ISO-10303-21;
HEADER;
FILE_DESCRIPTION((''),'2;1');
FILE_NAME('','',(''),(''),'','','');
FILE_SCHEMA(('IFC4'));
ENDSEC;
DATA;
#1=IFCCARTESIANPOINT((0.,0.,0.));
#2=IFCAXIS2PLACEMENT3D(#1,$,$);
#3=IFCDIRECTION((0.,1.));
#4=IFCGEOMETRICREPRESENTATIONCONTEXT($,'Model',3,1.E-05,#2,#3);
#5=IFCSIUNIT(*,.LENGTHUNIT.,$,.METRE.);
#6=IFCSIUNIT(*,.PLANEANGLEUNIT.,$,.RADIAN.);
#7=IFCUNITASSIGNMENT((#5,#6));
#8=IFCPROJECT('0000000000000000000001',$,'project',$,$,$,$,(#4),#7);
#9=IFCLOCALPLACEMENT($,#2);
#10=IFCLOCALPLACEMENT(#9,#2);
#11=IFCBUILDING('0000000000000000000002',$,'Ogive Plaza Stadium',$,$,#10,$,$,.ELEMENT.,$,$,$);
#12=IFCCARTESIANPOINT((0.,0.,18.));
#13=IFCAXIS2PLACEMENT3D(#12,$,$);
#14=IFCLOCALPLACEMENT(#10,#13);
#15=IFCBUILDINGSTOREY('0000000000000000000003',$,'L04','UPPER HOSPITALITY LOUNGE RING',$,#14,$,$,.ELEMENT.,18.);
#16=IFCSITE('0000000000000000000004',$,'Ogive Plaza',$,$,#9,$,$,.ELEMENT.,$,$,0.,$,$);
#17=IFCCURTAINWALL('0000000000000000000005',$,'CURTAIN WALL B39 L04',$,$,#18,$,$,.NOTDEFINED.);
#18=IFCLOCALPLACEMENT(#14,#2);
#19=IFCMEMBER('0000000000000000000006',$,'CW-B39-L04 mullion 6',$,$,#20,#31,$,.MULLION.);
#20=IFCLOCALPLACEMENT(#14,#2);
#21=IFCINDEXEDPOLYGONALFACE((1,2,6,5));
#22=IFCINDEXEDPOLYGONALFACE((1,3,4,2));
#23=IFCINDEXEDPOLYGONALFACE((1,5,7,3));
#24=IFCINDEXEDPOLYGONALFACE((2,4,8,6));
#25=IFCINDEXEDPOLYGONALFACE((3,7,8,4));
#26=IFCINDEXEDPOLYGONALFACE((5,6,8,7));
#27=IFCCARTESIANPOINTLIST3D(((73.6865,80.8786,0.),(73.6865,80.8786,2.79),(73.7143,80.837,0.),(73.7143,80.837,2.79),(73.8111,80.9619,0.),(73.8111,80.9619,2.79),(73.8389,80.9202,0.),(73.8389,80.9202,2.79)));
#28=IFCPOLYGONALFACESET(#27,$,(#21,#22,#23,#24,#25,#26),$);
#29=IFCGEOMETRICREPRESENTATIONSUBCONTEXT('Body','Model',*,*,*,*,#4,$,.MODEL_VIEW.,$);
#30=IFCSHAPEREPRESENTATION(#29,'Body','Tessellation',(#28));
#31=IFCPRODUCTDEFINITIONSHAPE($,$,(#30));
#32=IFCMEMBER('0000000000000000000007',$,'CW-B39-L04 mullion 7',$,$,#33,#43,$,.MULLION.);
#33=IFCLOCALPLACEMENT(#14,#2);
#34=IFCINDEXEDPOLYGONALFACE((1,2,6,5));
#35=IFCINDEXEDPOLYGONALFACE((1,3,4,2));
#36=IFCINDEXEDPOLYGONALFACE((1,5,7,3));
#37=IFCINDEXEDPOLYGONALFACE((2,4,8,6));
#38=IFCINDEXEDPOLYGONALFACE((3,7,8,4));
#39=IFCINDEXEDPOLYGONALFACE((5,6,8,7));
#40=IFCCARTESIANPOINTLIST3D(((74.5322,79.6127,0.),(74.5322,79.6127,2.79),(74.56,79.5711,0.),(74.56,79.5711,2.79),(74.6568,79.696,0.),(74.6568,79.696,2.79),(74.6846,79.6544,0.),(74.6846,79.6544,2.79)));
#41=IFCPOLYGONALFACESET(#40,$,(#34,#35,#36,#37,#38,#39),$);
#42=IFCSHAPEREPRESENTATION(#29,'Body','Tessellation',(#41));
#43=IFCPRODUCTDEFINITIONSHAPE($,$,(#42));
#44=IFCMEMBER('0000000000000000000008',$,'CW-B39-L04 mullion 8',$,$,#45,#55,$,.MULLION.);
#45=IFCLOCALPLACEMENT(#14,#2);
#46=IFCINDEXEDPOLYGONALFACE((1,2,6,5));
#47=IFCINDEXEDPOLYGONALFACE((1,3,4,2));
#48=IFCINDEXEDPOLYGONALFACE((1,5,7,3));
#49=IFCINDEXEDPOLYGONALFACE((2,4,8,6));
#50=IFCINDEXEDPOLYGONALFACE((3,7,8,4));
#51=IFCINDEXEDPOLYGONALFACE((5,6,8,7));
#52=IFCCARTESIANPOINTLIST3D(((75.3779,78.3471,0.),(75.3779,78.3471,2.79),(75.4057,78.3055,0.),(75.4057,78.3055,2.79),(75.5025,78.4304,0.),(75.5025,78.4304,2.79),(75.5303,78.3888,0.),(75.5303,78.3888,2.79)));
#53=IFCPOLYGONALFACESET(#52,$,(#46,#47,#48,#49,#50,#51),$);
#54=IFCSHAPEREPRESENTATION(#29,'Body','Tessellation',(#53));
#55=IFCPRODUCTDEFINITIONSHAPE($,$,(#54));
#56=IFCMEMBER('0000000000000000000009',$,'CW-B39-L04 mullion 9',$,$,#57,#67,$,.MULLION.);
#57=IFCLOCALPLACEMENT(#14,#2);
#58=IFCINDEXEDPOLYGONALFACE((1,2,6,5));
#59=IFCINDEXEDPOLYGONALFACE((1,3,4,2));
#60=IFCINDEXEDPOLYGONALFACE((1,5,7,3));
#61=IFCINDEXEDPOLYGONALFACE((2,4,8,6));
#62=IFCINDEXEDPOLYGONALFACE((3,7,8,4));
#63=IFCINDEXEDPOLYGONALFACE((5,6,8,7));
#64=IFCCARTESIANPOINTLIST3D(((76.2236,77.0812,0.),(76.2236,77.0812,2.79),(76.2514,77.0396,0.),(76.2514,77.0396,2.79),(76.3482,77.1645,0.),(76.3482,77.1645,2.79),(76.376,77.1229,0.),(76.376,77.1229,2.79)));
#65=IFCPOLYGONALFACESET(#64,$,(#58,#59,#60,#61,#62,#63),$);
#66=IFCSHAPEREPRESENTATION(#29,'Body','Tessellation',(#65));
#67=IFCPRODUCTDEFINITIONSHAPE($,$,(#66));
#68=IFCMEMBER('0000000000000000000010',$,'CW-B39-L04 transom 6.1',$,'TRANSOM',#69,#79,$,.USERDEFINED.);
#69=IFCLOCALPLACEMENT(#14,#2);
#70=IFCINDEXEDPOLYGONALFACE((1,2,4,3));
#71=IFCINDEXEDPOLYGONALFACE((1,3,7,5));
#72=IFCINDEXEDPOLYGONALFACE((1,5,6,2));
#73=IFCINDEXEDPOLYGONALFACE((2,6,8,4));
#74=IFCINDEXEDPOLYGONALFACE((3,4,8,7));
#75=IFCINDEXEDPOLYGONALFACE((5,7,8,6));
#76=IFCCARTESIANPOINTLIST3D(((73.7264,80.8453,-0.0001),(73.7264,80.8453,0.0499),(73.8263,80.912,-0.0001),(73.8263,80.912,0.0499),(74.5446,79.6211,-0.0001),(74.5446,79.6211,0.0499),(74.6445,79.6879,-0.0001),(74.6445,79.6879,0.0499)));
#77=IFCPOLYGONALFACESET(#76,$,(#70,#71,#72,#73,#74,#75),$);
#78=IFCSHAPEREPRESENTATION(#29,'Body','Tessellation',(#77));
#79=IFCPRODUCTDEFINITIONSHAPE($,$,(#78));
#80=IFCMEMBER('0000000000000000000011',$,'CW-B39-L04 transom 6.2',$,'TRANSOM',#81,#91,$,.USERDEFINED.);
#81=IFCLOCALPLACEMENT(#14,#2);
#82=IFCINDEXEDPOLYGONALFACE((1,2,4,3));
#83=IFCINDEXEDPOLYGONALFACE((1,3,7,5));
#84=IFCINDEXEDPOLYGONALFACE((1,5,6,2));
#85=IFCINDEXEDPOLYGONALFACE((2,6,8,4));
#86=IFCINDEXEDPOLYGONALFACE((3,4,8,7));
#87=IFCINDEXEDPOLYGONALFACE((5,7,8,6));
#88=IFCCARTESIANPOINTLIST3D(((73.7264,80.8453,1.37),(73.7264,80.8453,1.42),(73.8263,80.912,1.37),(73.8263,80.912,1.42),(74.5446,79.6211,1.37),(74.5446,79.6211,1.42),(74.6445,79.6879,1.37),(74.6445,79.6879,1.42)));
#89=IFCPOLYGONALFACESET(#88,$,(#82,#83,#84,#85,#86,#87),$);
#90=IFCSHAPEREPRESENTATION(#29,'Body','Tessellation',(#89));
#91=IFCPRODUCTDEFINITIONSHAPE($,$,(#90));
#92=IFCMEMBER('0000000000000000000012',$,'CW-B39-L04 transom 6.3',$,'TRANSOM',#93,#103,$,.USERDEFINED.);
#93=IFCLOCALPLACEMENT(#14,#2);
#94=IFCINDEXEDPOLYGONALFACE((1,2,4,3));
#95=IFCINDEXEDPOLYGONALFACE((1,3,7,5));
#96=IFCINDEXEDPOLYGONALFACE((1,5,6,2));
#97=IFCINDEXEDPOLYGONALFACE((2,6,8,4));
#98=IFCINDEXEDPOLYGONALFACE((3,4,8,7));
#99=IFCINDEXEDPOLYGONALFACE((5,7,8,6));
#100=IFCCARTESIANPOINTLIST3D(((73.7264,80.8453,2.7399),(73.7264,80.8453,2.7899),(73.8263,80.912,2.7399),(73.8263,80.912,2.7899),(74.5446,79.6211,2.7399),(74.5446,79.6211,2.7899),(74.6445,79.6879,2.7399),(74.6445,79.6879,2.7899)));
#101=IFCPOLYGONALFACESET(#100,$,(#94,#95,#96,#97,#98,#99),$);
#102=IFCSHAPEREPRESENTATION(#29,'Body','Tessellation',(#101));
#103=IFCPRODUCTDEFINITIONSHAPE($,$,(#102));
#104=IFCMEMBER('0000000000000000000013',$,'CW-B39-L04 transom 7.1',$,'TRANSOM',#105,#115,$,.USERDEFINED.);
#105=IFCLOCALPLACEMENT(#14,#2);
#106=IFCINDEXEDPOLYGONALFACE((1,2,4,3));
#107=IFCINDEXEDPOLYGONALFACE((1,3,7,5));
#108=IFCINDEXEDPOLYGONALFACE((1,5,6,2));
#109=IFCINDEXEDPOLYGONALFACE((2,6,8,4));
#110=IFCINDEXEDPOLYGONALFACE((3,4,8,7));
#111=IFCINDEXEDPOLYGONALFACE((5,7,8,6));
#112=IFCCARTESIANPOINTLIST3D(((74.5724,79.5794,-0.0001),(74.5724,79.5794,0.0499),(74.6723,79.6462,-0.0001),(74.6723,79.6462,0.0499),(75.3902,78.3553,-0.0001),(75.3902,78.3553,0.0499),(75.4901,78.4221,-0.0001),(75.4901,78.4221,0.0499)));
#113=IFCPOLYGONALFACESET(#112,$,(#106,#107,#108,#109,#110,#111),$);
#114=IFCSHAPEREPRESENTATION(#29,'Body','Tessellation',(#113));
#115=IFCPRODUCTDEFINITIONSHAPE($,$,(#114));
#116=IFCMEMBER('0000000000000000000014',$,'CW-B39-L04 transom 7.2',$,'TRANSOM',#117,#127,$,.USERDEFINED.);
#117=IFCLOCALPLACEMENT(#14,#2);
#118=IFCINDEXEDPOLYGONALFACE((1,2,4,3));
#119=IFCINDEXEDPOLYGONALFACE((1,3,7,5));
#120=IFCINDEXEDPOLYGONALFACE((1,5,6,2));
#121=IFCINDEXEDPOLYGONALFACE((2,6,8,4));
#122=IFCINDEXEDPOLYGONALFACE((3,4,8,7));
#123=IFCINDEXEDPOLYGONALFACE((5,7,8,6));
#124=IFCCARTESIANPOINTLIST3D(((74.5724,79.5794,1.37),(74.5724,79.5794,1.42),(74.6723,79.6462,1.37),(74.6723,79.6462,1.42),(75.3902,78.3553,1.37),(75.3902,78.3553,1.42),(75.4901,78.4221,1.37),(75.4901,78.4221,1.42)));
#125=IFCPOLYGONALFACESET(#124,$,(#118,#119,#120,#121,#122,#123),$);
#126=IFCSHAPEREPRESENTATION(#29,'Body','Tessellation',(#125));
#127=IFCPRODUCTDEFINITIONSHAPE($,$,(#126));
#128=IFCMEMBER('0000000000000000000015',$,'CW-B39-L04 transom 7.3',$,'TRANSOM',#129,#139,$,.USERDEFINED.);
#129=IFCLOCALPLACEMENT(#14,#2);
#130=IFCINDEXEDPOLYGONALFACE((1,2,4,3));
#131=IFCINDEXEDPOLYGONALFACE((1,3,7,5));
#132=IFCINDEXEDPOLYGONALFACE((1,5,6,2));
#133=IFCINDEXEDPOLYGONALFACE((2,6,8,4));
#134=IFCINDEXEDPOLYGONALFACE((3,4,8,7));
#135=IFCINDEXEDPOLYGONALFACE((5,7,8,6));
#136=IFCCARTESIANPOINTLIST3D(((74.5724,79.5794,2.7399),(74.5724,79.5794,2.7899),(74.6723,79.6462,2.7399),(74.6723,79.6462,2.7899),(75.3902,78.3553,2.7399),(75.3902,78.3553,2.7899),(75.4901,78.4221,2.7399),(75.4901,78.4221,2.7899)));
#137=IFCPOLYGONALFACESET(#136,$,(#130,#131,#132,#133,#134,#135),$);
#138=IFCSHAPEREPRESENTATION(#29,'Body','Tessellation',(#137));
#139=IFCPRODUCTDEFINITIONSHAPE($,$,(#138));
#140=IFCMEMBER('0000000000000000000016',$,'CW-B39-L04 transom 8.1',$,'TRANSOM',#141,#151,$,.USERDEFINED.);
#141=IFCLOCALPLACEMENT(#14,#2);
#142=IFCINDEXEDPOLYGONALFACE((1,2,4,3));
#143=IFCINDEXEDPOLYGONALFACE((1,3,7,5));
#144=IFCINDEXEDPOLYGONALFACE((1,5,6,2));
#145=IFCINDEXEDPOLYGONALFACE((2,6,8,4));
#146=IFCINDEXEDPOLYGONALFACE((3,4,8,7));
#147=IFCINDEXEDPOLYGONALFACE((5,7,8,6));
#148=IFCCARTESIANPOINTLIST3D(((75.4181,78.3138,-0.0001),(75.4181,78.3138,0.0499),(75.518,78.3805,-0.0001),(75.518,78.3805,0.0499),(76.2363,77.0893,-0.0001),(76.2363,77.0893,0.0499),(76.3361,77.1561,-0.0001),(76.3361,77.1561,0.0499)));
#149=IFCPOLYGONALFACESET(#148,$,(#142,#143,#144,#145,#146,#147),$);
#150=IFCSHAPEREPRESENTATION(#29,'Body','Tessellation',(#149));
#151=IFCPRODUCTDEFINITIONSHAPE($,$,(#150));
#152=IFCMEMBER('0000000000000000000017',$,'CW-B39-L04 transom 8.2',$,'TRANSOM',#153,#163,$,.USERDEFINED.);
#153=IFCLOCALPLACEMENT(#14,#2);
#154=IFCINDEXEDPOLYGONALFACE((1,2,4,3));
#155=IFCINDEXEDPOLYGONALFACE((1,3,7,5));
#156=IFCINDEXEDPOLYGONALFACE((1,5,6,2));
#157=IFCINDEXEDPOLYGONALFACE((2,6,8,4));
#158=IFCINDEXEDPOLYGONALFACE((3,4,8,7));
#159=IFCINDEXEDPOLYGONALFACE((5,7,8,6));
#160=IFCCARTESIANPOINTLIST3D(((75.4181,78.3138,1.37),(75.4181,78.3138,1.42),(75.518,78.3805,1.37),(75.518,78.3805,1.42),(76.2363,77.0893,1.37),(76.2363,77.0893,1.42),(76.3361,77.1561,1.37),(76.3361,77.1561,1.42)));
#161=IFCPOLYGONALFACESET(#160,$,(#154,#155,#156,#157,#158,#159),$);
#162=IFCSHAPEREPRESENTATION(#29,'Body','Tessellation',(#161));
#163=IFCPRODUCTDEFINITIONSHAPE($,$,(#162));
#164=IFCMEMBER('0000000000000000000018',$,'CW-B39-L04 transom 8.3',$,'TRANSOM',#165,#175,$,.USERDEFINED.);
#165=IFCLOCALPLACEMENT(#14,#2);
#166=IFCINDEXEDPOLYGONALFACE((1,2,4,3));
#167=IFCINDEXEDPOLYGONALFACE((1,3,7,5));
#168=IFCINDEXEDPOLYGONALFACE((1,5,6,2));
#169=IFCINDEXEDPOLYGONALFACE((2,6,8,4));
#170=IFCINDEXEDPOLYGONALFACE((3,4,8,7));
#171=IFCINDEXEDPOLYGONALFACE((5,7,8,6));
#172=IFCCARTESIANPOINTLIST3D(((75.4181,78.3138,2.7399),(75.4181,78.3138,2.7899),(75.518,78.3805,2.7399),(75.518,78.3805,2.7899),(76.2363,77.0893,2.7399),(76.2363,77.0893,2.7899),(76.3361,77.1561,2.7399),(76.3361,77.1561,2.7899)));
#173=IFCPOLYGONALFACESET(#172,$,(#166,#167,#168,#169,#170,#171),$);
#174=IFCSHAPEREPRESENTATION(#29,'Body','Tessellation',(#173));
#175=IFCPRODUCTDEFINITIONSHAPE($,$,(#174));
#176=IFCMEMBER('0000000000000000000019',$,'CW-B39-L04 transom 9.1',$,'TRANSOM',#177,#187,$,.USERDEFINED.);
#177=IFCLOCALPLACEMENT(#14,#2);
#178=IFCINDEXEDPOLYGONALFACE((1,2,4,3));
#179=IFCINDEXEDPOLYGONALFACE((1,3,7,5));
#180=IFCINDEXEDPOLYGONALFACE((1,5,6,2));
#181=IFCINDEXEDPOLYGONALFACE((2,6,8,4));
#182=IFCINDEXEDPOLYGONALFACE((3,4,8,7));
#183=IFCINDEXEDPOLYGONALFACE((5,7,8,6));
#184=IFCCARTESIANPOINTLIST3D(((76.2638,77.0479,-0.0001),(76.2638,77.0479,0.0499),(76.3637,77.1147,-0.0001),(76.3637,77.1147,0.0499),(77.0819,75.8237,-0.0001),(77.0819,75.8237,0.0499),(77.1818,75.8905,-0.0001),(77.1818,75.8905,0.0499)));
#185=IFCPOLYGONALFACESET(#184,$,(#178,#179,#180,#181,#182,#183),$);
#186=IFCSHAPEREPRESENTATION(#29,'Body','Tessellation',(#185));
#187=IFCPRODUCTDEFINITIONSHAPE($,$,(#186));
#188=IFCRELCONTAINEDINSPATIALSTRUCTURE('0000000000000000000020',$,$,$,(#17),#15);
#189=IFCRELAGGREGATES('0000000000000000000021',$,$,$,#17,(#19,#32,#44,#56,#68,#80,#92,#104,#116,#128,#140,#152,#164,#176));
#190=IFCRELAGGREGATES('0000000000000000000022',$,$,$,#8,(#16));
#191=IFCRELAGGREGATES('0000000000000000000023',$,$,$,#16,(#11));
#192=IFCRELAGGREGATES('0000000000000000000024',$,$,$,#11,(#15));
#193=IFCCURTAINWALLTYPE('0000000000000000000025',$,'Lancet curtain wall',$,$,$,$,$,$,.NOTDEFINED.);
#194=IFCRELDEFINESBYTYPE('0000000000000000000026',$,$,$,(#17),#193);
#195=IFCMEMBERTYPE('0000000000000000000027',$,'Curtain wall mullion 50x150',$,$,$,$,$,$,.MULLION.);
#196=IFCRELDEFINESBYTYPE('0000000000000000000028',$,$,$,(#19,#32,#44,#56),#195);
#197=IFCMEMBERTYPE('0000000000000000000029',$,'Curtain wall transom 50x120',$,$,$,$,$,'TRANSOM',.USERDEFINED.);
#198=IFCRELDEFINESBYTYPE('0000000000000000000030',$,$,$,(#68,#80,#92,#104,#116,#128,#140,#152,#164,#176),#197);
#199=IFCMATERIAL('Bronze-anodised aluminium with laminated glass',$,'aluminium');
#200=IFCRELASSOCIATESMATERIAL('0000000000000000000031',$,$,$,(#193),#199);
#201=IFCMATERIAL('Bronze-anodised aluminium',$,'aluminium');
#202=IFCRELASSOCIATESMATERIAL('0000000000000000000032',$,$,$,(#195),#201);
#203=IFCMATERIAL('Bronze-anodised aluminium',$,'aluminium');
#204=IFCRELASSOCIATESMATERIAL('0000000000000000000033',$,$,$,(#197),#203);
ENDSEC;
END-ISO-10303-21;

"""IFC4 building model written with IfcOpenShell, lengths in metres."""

from ifc_helpers import new_model, si_unit, direction, frame, origin, origin_2d, place, context, subcontext, project, spatial, rectangle, extrude, material, material_profile, profile_set, type_object, element, aggregate, save


model = new_model("IFC4")

# Units and contexts
model_context = context("Model", 3, precision=1e-05, world=origin(), true_north=direction((0.0, 1.0)))
body_context = subcontext(model_context, "Body", "Model", "MODEL_VIEW")
ifc_project = project(units=[si_unit("LENGTHUNIT", "METRE"), si_unit("PLANEANGLEUNIT", "RADIAN")], contexts=[model_context])

# Site, building, storey
site_placement = place(None, origin())
site = spatial("IfcSite", under=ifc_project, at=site_placement, Name="Ogive Plaza", CompositionType="ELEMENT", RefElevation=0.0)
building_placement = place(site_placement, origin())
building = spatial("IfcBuilding", under=site, at=building_placement, Name="Ogive Plaza Stadium", CompositionType="ELEMENT")
storey_placement = place(building_placement, frame((0.0, 0.0, 18.0)))
storey = spatial("IfcBuildingStorey", under=building, at=storey_placement, Name="L04", Description="UPPER HOSPITALITY LOUNGE RING", CompositionType="ELEMENT", Elevation=18.0)

# Curtain wall, members
ifc_material_1 = material(Name="Bronze-anodised aluminium with laminated glass", Category="aluminium")
curtain_wall_type = type_object("IfcCurtainWallType", Name="Lancet curtain wall", PredefinedType="NOTDEFINED", material=ifc_material_1)
curtain_wall_placement = place(storey_placement, origin())
curtain_wall = element("IfcCurtainWall", 1, at=curtain_wall_placement, inside=storey, type_object=curtain_wall_type, Name="CURTAIN WALL B39 L04", PredefinedType="NOTDEFINED")
ifc_material_2 = material(Name="Bronze-anodised aluminium", Category="aluminium")
ifc_material_profile_1 = material_profile(ifc_material_2, rectangle(XDim=0.1499, YDim=0.05, at=origin_2d()), Name="AL 150x50")
ifc_profile_set_1 = profile_set([ifc_material_profile_1], Name="Bronze-anodised aluminium")
member_type_1 = type_object("IfcMemberType", Name="Curtain wall mullion 50x150", PredefinedType="MULLION", material=ifc_profile_set_1)
member_1_placement = place(storey_placement, frame((73.7627, 80.8994, 0.0), z_axis=(0.0, 0.0, 1.0), x_axis=(0.83147, 0.55557, 0.0)))
member_1 = element("IfcMember", 2, at=member_1_placement, type_object=member_type_1, Name="CW-B39-L04 mullion 6", PredefinedType="MULLION", context=body_context, shape_type="SweptSolid", body=[
    extrude(rectangle(XDim=0.1499, YDim=0.05, at=origin_2d()), origin(), (0.0, 0.0, 1.0), 2.79),
])
member_2_placement = place(storey_placement, frame((74.6084, 79.6335, 0.0), z_axis=(0.0, 0.0, 1.0), x_axis=(0.83147, 0.55557, 0.0)))
member_2 = element("IfcMember", 3, at=member_2_placement, type_object=member_type_1, Name="CW-B39-L04 mullion 7", PredefinedType="MULLION", context=body_context, shape_type="SweptSolid", body=[
    extrude(rectangle(XDim=0.1499, YDim=0.05, at=origin_2d()), origin(), (0.0, 0.0, 1.0), 2.79),
])
member_3_placement = place(storey_placement, frame((75.4541, 78.3679, 0.0), z_axis=(0.0, 0.0, 1.0), x_axis=(0.83147, 0.55557, 0.0)))
member_3 = element("IfcMember", 4, at=member_3_placement, type_object=member_type_1, Name="CW-B39-L04 mullion 8", PredefinedType="MULLION", context=body_context, shape_type="SweptSolid", body=[
    extrude(rectangle(XDim=0.1499, YDim=0.05, at=origin_2d()), origin(), (0.0, 0.0, 1.0), 2.79),
])
member_4_placement = place(storey_placement, frame((76.2998, 77.1021, 0.0), z_axis=(0.0, 0.0, 1.0), x_axis=(0.83147, 0.55557, 0.0)))
member_4 = element("IfcMember", 5, at=member_4_placement, type_object=member_type_1, Name="CW-B39-L04 mullion 9", PredefinedType="MULLION", context=body_context, shape_type="SweptSolid", body=[
    extrude(rectangle(XDim=0.1499, YDim=0.05, at=origin_2d()), origin(), (0.0, 0.0, 1.0), 2.79),
])
ifc_material_3 = material(Name="Bronze-anodised aluminium", Category="aluminium")
ifc_material_profile_2 = material_profile(ifc_material_3, rectangle(XDim=0.1201, YDim=0.05, at=origin_2d()), Name="AL 120x50")
ifc_profile_set_2 = profile_set([ifc_material_profile_2], Name="Bronze-anodised aluminium")
member_type_2 = type_object("IfcMemberType", Name="Curtain wall transom 50x120", ElementType="TRANSOM", PredefinedType="USERDEFINED", material=ifc_profile_set_2)
member_5_placement = place(storey_placement, frame((73.7764, 80.8787, 0.0249), z_axis=(0.555656, -0.831412, 0.0), x_axis=(0.831412, 0.555656, 0.0)))
member_5 = element("IfcMember", 6, at=member_5_placement, type_object=member_type_2, Name="CW-B39-L04 transom 6.1", ObjectType="TRANSOM", PredefinedType="USERDEFINED", context=body_context, shape_type="SweptSolid", body=[
    extrude(rectangle(XDim=0.1201, YDim=0.05, at=origin_2d()), origin(), (0.0, 0.0, 1.0), 1.4724),
])
member_6_placement = place(storey_placement, frame((73.7764, 80.8787, 1.395), z_axis=(0.555656, -0.831412, 0.0), x_axis=(0.831412, 0.555656, 0.0)))
member_6 = element("IfcMember", 7, at=member_6_placement, type_object=member_type_2, Name="CW-B39-L04 transom 6.2", ObjectType="TRANSOM", PredefinedType="USERDEFINED", context=body_context, shape_type="SweptSolid", body=[
    extrude(rectangle(XDim=0.1201, YDim=0.05, at=origin_2d()), origin(), (0.0, 0.0, 1.0), 1.4724),
])
member_7_placement = place(storey_placement, frame((73.7764, 80.8787, 2.7649), z_axis=(0.555656, -0.831412, 0.0), x_axis=(0.831412, 0.555656, 0.0)))
member_7 = element("IfcMember", 8, at=member_7_placement, type_object=member_type_2, Name="CW-B39-L04 transom 6.3", ObjectType="TRANSOM", PredefinedType="USERDEFINED", context=body_context, shape_type="SweptSolid", body=[
    extrude(rectangle(XDim=0.1201, YDim=0.05, at=origin_2d()), origin(), (0.0, 0.0, 1.0), 1.4724),
])
member_8_placement = place(storey_placement, frame((74.6223, 79.6128, 0.0249), z_axis=(0.555542, -0.831489, 0.0), x_axis=(0.831489, 0.555542, 0.0)))
member_8 = element("IfcMember", 9, at=member_8_placement, type_object=member_type_2, Name="CW-B39-L04 transom 7.1", ObjectType="TRANSOM", PredefinedType="USERDEFINED", context=body_context, shape_type="SweptSolid", body=[
    extrude(rectangle(XDim=0.1201, YDim=0.05, at=origin_2d()), origin(), (0.0, 0.0, 1.0), 1.4722),
])
member_9_placement = place(storey_placement, frame((74.6223, 79.6128, 1.395), z_axis=(0.555542, -0.831489, 0.0), x_axis=(0.831489, 0.555542, 0.0)))
member_9 = element("IfcMember", 10, at=member_9_placement, type_object=member_type_2, Name="CW-B39-L04 transom 7.2", ObjectType="TRANSOM", PredefinedType="USERDEFINED", context=body_context, shape_type="SweptSolid", body=[
    extrude(rectangle(XDim=0.1201, YDim=0.05, at=origin_2d()), origin(), (0.0, 0.0, 1.0), 1.4722),
])
member_10_placement = place(storey_placement, frame((74.6223, 79.6128, 2.7649), z_axis=(0.555542, -0.831489, 0.0), x_axis=(0.831489, 0.555542, 0.0)))
member_10 = element("IfcMember", 11, at=member_10_placement, type_object=member_type_2, Name="CW-B39-L04 transom 7.3", ObjectType="TRANSOM", PredefinedType="USERDEFINED", context=body_context, shape_type="SweptSolid", body=[
    extrude(rectangle(XDim=0.1201, YDim=0.05, at=origin_2d()), origin(), (0.0, 0.0, 1.0), 1.4722),
])
member_11_placement = place(storey_placement, frame((75.468, 78.3472, 0.0249), z_axis=(0.55558, -0.831463, 0.0), x_axis=(0.831463, 0.55558, 0.0)))
member_11 = element("IfcMember", 12, at=member_11_placement, type_object=member_type_2, Name="CW-B39-L04 transom 8.1", ObjectType="TRANSOM", PredefinedType="USERDEFINED", context=body_context, shape_type="SweptSolid", body=[
    extrude(rectangle(XDim=0.1201, YDim=0.05, at=origin_2d()), origin(), (0.0, 0.0, 1.0), 1.4727),
])
member_12_placement = place(storey_placement, frame((75.468, 78.3472, 1.395), z_axis=(0.55558, -0.831463, 0.0), x_axis=(0.831463, 0.55558, 0.0)))
member_12 = element("IfcMember", 13, at=member_12_placement, type_object=member_type_2, Name="CW-B39-L04 transom 8.2", ObjectType="TRANSOM", PredefinedType="USERDEFINED", context=body_context, shape_type="SweptSolid", body=[
    extrude(rectangle(XDim=0.1201, YDim=0.05, at=origin_2d()), origin(), (0.0, 0.0, 1.0), 1.4727),
])
member_13_placement = place(storey_placement, frame((75.468, 78.3472, 2.7649), z_axis=(0.55558, -0.831463, 0.0), x_axis=(0.831463, 0.55558, 0.0)))
member_13 = element("IfcMember", 14, at=member_13_placement, type_object=member_type_2, Name="CW-B39-L04 transom 8.3", ObjectType="TRANSOM", PredefinedType="USERDEFINED", context=body_context, shape_type="SweptSolid", body=[
    extrude(rectangle(XDim=0.1201, YDim=0.05, at=origin_2d()), origin(), (0.0, 0.0, 1.0), 1.4727),
])
member_14_placement = place(storey_placement, frame((76.3137, 77.0813, 0.0249), z_axis=(0.555656, -0.831412, 0.0), x_axis=(0.831412, 0.555656, 0.0)))
member_14 = element("IfcMember", 15, at=member_14_placement, type_object=member_type_2, Name="CW-B39-L04 transom 9.1", ObjectType="TRANSOM", PredefinedType="USERDEFINED", context=body_context, shape_type="SweptSolid", body=[
    extrude(rectangle(XDim=0.1201, YDim=0.05, at=origin_2d()), origin(), (0.0, 0.0, 1.0), 1.4724),
])
aggregate(curtain_wall, [member_1, member_2, member_3, member_4, member_5, member_6, member_7, member_8, member_9, member_10, member_11, member_12, member_13, member_14])

save(model, "model.ifc")
